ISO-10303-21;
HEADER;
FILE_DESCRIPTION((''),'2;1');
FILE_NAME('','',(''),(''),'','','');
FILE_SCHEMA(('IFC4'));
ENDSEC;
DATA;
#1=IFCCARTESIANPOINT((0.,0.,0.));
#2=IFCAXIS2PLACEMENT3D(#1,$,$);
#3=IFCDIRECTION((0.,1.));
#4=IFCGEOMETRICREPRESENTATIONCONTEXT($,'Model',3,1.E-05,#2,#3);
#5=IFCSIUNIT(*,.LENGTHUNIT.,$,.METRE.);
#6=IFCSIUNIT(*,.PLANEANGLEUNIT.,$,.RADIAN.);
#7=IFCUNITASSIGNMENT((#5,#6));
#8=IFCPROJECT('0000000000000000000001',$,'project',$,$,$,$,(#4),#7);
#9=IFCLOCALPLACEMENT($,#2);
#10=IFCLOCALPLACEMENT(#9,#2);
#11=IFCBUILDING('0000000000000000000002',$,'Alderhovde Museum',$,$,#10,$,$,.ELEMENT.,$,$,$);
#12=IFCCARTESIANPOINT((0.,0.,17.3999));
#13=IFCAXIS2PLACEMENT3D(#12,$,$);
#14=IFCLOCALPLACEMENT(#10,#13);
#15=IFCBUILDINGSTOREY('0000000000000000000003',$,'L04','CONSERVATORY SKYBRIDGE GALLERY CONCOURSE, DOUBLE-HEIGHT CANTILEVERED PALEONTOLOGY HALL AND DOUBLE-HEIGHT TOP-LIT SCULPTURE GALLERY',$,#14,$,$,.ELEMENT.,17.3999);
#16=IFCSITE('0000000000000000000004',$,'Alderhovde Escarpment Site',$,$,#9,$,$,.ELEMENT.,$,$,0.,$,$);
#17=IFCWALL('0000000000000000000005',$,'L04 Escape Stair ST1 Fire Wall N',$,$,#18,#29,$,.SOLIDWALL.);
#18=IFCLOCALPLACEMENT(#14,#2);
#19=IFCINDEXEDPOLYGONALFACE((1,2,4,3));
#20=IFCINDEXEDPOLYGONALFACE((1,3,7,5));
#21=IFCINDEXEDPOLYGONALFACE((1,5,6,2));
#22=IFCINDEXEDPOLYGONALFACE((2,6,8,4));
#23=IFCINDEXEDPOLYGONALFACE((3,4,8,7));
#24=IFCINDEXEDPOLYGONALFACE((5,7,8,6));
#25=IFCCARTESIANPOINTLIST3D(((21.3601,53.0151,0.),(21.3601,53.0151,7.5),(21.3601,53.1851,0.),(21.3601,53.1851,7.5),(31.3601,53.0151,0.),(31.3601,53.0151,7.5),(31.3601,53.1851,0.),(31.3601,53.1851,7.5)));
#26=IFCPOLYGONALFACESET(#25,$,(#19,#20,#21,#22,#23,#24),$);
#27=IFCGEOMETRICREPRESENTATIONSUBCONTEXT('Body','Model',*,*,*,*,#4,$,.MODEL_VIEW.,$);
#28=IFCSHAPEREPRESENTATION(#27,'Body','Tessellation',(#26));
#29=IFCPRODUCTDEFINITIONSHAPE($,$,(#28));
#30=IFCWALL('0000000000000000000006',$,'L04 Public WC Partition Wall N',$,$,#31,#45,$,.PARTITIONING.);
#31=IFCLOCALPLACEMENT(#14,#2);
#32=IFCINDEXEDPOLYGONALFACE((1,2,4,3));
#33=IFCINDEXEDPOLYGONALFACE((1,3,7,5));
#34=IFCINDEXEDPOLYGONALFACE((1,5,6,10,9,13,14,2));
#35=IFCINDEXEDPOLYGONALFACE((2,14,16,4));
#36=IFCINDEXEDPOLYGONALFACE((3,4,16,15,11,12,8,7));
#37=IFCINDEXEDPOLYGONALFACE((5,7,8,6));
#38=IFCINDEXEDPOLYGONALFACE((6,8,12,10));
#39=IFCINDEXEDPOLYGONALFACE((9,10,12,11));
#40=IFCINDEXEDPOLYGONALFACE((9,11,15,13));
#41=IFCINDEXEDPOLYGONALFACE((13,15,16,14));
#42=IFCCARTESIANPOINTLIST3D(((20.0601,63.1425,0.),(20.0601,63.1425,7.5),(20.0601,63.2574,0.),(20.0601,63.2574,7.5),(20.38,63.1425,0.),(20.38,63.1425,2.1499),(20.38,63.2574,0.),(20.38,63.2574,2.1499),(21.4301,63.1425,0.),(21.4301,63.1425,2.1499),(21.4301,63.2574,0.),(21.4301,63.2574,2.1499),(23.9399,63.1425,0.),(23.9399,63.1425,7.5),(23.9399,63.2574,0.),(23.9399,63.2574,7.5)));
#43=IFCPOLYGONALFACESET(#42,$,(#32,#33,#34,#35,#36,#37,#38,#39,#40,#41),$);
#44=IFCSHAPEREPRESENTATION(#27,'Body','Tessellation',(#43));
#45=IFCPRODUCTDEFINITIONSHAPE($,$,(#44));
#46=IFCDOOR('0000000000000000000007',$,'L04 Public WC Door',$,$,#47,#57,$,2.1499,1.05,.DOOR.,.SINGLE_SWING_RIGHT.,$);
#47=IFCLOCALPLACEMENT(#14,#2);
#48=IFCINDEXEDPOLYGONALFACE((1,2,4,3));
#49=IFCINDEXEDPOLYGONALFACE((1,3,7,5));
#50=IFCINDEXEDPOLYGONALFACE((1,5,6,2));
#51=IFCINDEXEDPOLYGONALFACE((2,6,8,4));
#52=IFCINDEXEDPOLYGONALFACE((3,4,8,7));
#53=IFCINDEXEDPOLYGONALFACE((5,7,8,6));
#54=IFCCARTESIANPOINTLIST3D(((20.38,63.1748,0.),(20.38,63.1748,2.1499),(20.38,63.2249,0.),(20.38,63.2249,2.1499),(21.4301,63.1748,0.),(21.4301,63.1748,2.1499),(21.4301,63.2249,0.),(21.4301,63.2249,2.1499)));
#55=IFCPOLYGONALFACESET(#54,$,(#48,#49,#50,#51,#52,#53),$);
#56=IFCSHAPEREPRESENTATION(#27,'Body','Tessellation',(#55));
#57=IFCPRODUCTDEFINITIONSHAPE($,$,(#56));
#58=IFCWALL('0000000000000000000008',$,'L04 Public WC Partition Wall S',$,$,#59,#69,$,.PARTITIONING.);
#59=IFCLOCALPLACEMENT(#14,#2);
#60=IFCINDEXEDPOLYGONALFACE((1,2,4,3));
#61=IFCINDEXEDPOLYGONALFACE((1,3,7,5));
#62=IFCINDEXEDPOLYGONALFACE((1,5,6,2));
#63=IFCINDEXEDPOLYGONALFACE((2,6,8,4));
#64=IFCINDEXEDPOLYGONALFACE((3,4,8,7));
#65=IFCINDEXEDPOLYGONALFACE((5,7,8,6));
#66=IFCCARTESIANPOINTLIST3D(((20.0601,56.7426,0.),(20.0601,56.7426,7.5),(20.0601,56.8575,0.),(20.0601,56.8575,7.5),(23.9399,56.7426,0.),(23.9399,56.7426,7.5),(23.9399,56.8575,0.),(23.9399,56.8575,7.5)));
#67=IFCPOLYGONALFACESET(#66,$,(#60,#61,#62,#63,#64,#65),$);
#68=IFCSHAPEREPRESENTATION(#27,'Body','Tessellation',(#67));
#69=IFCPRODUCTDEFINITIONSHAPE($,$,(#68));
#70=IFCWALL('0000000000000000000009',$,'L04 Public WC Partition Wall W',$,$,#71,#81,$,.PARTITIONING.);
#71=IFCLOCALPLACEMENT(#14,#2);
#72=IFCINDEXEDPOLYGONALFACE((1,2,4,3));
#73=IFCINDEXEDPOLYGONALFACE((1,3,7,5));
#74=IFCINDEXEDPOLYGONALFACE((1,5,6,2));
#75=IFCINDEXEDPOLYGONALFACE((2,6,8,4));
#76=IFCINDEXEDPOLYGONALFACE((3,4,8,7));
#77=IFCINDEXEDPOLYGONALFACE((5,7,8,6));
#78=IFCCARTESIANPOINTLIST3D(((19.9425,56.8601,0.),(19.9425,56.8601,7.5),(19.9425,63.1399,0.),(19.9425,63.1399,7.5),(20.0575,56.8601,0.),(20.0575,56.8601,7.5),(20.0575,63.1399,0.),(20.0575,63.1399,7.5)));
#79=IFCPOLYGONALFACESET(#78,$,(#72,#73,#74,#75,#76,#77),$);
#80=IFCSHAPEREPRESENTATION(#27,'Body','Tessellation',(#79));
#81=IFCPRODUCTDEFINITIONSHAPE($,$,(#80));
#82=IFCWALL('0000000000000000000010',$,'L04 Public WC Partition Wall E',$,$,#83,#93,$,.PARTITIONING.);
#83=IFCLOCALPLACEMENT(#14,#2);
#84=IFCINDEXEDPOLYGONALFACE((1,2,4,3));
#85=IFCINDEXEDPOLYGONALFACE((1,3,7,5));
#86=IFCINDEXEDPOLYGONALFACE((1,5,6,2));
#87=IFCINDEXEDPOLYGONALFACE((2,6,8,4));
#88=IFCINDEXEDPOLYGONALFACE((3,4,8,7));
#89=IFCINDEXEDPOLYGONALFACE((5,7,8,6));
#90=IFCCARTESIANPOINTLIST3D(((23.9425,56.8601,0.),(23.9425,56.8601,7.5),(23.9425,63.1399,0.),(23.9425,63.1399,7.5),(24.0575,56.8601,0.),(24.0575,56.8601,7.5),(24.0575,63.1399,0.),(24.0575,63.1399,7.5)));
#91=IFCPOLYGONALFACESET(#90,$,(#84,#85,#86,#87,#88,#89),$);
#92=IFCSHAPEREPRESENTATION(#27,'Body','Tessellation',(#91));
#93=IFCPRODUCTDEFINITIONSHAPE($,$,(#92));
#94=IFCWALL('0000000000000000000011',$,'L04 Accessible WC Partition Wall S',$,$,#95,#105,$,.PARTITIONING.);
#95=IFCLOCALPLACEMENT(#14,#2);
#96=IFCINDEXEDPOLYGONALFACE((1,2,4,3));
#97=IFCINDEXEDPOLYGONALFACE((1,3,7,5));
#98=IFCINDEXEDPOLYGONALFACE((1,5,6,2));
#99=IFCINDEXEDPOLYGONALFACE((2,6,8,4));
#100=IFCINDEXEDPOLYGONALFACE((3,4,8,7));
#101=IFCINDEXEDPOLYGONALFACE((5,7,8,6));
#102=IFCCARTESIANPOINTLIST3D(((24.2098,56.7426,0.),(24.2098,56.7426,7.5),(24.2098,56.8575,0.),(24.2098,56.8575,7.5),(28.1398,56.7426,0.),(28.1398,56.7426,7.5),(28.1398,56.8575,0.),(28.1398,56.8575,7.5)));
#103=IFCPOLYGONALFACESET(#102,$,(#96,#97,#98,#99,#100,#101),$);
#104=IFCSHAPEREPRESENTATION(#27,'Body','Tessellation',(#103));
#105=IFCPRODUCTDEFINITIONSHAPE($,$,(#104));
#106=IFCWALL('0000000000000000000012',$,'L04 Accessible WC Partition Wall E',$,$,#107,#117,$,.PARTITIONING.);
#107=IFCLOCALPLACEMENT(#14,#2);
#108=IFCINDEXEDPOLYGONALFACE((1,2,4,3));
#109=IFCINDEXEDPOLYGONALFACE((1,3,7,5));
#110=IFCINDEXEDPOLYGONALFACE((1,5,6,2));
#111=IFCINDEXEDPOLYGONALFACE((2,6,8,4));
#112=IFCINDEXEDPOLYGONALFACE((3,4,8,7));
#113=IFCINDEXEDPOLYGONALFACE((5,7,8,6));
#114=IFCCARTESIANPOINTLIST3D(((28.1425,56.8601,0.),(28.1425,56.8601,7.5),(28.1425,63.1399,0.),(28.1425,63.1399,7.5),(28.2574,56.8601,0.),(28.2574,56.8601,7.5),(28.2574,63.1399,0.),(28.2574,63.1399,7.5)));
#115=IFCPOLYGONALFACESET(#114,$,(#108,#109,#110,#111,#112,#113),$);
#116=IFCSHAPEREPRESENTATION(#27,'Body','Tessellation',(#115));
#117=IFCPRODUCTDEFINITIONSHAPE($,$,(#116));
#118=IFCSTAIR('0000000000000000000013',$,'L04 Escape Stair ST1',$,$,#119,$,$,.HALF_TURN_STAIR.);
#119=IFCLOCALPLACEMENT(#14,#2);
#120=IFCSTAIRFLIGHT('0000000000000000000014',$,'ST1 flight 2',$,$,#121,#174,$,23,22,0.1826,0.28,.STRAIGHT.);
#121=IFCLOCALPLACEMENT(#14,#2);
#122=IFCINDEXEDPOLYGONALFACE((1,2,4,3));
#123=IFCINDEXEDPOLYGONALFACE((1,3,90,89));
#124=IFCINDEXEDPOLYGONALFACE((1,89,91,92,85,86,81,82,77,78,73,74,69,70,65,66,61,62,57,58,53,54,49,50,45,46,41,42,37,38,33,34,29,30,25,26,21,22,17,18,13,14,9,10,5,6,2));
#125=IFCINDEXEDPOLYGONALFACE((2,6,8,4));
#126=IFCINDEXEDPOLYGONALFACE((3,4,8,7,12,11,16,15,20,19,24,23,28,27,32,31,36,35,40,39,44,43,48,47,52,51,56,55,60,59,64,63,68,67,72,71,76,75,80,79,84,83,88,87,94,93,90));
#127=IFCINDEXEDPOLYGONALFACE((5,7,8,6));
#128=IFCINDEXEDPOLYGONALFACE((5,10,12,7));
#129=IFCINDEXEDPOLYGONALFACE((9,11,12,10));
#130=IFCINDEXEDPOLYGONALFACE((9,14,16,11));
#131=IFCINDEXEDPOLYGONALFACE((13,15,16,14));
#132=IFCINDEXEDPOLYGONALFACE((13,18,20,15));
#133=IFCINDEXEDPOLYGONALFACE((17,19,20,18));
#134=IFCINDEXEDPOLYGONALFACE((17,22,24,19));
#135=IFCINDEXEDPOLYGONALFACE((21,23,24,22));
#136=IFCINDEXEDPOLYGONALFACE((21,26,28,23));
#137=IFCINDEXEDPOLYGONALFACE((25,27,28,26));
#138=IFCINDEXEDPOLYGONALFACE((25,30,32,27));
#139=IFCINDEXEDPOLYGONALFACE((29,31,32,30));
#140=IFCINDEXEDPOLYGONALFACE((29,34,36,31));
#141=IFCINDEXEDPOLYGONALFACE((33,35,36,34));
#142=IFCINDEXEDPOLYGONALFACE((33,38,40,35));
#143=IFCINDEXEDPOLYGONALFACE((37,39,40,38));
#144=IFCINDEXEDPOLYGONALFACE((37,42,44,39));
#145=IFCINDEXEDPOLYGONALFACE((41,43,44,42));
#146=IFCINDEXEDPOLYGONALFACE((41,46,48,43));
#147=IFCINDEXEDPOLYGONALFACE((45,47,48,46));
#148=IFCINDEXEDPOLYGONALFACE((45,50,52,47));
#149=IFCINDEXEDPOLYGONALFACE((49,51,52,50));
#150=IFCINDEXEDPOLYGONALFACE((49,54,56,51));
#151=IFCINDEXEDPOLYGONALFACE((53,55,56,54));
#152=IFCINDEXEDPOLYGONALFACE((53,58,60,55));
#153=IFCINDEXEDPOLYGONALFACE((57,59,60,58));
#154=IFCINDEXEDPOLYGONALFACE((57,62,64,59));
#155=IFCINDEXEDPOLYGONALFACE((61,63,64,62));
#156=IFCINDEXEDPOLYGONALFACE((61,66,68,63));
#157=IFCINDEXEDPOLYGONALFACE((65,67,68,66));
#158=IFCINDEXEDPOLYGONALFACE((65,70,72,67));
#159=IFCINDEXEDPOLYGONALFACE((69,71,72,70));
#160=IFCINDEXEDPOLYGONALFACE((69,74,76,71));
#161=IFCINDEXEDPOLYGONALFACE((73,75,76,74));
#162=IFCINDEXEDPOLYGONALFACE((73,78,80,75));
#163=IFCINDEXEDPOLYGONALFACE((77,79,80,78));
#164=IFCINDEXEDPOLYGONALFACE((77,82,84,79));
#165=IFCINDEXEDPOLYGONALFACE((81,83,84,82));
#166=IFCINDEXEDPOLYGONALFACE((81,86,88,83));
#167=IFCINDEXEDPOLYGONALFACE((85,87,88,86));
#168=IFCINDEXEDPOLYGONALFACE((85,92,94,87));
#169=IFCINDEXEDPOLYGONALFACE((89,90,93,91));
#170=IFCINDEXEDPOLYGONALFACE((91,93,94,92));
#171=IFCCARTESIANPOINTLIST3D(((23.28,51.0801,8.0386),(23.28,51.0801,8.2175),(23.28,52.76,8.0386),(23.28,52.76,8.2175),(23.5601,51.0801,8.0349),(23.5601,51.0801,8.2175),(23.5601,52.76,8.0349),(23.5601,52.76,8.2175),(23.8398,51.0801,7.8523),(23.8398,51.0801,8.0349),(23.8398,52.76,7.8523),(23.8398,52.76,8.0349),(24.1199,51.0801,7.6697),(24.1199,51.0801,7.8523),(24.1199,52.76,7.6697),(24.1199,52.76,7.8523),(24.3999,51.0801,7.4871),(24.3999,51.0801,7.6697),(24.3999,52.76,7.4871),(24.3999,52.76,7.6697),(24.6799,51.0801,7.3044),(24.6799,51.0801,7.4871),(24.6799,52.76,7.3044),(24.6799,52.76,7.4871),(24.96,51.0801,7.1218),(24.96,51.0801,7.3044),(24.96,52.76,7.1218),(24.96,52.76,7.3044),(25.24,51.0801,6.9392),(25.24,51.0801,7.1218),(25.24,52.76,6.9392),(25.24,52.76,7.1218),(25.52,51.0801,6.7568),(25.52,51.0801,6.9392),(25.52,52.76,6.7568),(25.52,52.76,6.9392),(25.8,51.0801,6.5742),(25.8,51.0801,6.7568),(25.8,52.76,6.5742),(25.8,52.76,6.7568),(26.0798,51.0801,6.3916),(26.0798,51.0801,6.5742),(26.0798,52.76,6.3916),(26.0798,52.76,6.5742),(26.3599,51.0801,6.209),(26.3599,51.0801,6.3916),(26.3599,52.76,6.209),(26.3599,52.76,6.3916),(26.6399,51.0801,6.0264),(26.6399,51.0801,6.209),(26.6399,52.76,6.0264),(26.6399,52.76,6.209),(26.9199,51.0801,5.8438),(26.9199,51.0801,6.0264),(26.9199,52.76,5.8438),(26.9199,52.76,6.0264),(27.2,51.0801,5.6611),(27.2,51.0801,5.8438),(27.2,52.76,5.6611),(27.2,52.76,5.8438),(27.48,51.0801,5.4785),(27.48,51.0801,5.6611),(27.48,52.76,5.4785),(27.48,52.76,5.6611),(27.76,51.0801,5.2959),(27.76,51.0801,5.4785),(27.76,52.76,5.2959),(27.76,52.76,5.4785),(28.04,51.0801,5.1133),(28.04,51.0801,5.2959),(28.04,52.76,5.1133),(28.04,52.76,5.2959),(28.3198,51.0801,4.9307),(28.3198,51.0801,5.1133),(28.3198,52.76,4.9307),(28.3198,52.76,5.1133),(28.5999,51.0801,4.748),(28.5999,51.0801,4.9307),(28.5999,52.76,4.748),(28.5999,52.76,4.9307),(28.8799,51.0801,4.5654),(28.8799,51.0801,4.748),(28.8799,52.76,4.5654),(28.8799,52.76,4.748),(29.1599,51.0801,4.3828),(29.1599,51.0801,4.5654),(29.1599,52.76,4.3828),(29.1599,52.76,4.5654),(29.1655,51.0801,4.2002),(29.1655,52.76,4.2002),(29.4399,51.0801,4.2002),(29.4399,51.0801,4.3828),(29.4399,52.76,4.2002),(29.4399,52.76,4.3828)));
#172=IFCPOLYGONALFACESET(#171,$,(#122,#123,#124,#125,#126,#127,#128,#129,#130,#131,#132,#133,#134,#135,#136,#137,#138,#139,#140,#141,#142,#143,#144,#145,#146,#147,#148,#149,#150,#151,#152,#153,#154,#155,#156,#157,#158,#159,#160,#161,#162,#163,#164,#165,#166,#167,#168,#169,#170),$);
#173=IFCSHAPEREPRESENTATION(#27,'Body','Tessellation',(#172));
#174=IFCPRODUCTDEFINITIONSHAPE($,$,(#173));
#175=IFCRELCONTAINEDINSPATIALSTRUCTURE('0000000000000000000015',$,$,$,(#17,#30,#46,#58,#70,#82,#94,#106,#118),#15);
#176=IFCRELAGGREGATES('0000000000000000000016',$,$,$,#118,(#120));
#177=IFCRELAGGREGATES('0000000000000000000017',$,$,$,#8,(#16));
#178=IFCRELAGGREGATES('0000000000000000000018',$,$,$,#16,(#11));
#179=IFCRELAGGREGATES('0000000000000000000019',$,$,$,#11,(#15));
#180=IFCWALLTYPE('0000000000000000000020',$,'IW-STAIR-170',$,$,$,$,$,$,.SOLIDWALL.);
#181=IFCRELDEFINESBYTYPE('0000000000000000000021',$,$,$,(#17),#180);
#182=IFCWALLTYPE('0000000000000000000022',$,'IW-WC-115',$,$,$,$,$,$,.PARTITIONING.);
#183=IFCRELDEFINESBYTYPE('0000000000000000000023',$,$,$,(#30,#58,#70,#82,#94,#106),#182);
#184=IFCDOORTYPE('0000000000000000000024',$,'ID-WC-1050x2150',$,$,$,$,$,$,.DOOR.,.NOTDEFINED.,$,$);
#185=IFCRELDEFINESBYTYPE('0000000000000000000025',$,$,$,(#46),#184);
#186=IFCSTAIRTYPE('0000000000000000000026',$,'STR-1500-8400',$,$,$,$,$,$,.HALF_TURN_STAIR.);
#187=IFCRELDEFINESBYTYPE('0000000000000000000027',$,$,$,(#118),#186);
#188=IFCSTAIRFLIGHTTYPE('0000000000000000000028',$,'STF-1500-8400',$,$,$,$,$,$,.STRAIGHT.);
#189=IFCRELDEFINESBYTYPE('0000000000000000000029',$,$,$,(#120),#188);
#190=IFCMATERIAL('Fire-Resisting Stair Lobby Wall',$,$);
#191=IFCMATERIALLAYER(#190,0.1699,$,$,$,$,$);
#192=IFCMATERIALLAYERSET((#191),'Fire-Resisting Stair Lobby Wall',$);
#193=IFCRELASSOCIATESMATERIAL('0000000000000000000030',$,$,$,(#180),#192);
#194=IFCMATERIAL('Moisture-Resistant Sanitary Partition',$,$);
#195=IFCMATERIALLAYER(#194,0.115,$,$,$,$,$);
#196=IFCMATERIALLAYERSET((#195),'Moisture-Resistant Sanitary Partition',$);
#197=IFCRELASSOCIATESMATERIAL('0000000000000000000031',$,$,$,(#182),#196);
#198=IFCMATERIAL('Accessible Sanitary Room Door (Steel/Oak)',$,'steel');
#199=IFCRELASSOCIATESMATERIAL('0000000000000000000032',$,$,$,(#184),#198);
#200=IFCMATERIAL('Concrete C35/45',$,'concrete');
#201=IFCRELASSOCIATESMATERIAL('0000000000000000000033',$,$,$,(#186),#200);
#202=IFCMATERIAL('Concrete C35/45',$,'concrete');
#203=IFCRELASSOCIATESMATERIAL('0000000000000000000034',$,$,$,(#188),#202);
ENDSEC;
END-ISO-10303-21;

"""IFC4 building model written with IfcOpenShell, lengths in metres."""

from ifc_helpers import new_model, si_unit, direction, frame, frame_2d, origin, place, context, subcontext, project, spatial, polyline, rectangle, outline, extrude, material, layer, layer_set, type_object, element, fill, aggregate, save


model = new_model("IFC4")

# Units and contexts
model_context = context("Model", 3, precision=1e-05, world=origin(), true_north=direction((0.0, 1.0)))
body_context = subcontext(model_context, "Body", "Model", "MODEL_VIEW")
ifc_project = project(units=[si_unit("LENGTHUNIT", "METRE"), si_unit("PLANEANGLEUNIT", "RADIAN")], contexts=[model_context])

# Site, building, storey
site_placement = place(None, origin())
site = spatial("IfcSite", under=ifc_project, at=site_placement, Name="Alderhovde Escarpment Site", CompositionType="ELEMENT", RefElevation=0.0)
building_placement = place(site_placement, origin())
building = spatial("IfcBuilding", under=site, at=building_placement, Name="Alderhovde Museum", CompositionType="ELEMENT")
storey_placement = place(building_placement, frame((0.0, 0.0, 17.3999)))
storey = spatial("IfcBuildingStorey", under=building, at=storey_placement, Name="L04", Description="CONSERVATORY SKYBRIDGE GALLERY CONCOURSE, DOUBLE-HEIGHT CANTILEVERED PALEONTOLOGY HALL AND DOUBLE-HEIGHT TOP-LIT SCULPTURE GALLERY", CompositionType="ELEMENT", Elevation=17.3999)

# Wall
ifc_material_1 = material(Name="Fire-Resisting Stair Lobby Wall")
ifc_layer_1 = layer(ifc_material_1, 0.1699)
ifc_layer_set_1 = layer_set([ifc_layer_1], Name="Fire-Resisting Stair Lobby Wall")
wall_type_1 = type_object("IfcWallType", Name="IW-STAIR-170", PredefinedType="SOLIDWALL", material=ifc_layer_set_1)
wall_1_placement = place(storey_placement, frame((21.3601, 53.1001, 0.0), z_axis=(0.0, 0.0, 1.0), x_axis=(1.0, 0.0, 0.0)))
element("IfcWall", 1, at=wall_1_placement, inside=storey, type_object=wall_type_1, Name="L04 Escape Stair ST1 Fire Wall N", PredefinedType="SOLIDWALL", context=body_context, shape_type="SweptSolid", body=[
    extrude(rectangle(XDim=10.0, YDim=0.1699, at=frame_2d((5.0, 0.0))), origin(), (0.0, 0.0, 1.0), 7.5),
])

# Wall, opening, door
ifc_material_2 = material(Name="Moisture-Resistant Sanitary Partition")
ifc_layer_2 = layer(ifc_material_2, 0.115)
ifc_layer_set_2 = layer_set([ifc_layer_2], Name="Moisture-Resistant Sanitary Partition")
wall_type_2 = type_object("IfcWallType", Name="IW-WC-115", PredefinedType="PARTITIONING", material=ifc_layer_set_2)
wall_2_placement = place(storey_placement, frame((20.0601, 63.2, 0.0), z_axis=(0.0, 0.0, 1.0), x_axis=(1.0, 0.0, 0.0)))
wall_2 = element("IfcWall", 2, at=wall_2_placement, inside=storey, type_object=wall_type_2, Name="L04 Public WC Partition Wall N", PredefinedType="PARTITIONING", context=body_context, shape_type="SweptSolid", body=[
    extrude(rectangle(XDim=3.8799, YDim=0.115, at=frame_2d((1.9399, 0.0))), origin(), (0.0, 0.0, 1.0), 7.5),
])
opening_placement = place(wall_2_placement, frame((0.3201, 0.0, 0.0)))
opening = element("IfcOpeningElement", 3, at=opening_placement, cuts=wall_2, PredefinedType="OPENING", context=body_context, shape_type="SweptSolid", body=[
    extrude(rectangle(XDim=1.05, YDim=2.1499, at=frame_2d((0.5249, 1.075))), frame((0.0, 0.0674, 0.0), z_axis=(0.0, -1.0, 0.0), x_axis=(1.0, 0.0, 0.0)), (0.0, 0.0, 1.0), 0.135),
])
ifc_material_3 = material(Name="Accessible Sanitary Room Door (Steel/Oak)", Category="steel")
door_type = type_object("IfcDoorType", Name="ID-WC-1050x2150", OperationType="NOTDEFINED", PredefinedType="DOOR", material=ifc_material_3)
door_placement = place(opening_placement, origin())
door = element("IfcDoor", 4, at=door_placement, inside=storey, type_object=door_type, Name="L04 Public WC Door", OperationType="SINGLE_SWING_RIGHT", OverallHeight=2.1499, OverallWidth=1.05, PredefinedType="DOOR", context=body_context, shape_type="SweptSolid", body=[
    extrude(rectangle(XDim=1.05, YDim=2.1499, at=frame_2d((0.5249, 1.075))), frame((0.0, 0.0249, 0.0), z_axis=(0.0, -1.0, 0.0), x_axis=(1.0, 0.0, 0.0)), (0.0, 0.0, 1.0), 0.05),
])
fill(opening, door)

# Walls
wall_3_placement = place(storey_placement, frame((20.0601, 56.8, 0.0), z_axis=(0.0, 0.0, 1.0), x_axis=(1.0, 0.0, 0.0)))
element("IfcWall", 5, at=wall_3_placement, inside=storey, type_object=wall_type_2, Name="L04 Public WC Partition Wall S", PredefinedType="PARTITIONING", context=body_context, shape_type="SweptSolid", body=[
    extrude(rectangle(XDim=3.8799, YDim=0.115, at=frame_2d((1.9399, 0.0))), origin(), (0.0, 0.0, 1.0), 7.5),
])
for number, where, z_axis, x_axis, name in (
    (6, (20.0, 56.8601, 0.0), (0.0, 0.0, 1.0), (0.0, 1.0, 0.0), "L04 Public WC Partition Wall W"),
    (7, (24.0, 56.8601, 0.0), (0.0, 0.0, 1.0), (0.0, 1.0, 0.0), "L04 Public WC Partition Wall E"),
):
    element("IfcWall", number, at=place(storey_placement, frame(where, z_axis=z_axis, x_axis=x_axis)), inside=storey, type_object=wall_type_2, Name=name, PredefinedType="PARTITIONING", context=body_context, shape_type="SweptSolid", body=[
        extrude(rectangle(XDim=6.2798, YDim=0.115, at=frame_2d((3.1399, 0.0))), origin(), (0.0, 0.0, 1.0), 7.5),
    ])
wall_4_placement = place(storey_placement, frame((24.21, 56.8, 0.0), z_axis=(0.0, 0.0, 1.0), x_axis=(1.0, 0.0, 0.0)))
element("IfcWall", 8, at=wall_4_placement, inside=storey, type_object=wall_type_2, Name="L04 Accessible WC Partition Wall S", PredefinedType="PARTITIONING", context=body_context, shape_type="SweptSolid", body=[
    extrude(rectangle(XDim=3.9299, YDim=0.115, at=frame_2d((1.9648, 0.0))), origin(), (0.0, 0.0, 1.0), 7.5),
])
wall_5_placement = place(storey_placement, frame((28.2, 56.8601, 0.0), z_axis=(0.0, 0.0, 1.0), x_axis=(0.0, 1.0, 0.0)))
element("IfcWall", 9, at=wall_5_placement, inside=storey, type_object=wall_type_2, Name="L04 Accessible WC Partition Wall E", PredefinedType="PARTITIONING", context=body_context, shape_type="SweptSolid", body=[
    extrude(rectangle(XDim=6.2798, YDim=0.115, at=frame_2d((3.1399, 0.0))), origin(), (0.0, 0.0, 1.0), 7.5),
])

# Stair, stair flight
ifc_material_4 = material(Name="Concrete C35/45", Category="concrete")
stair_type = type_object("IfcStairType", Name="STR-1500-8400", PredefinedType="HALF_TURN_STAIR", material=ifc_material_4)
stair_placement = place(storey_placement, origin())
stair = element("IfcStair", 10, at=stair_placement, inside=storey, type_object=stair_type, Name="L04 Escape Stair ST1", PredefinedType="HALF_TURN_STAIR")
ifc_material_5 = material(Name="Concrete C35/45", Category="concrete")
stair_flight_type = type_object("IfcStairFlightType", Name="STF-1500-8400", PredefinedType="STRAIGHT", material=ifc_material_5)
stair_flight_placement = place(storey_placement, frame((29.4399, 51.9199, 4.2002), z_axis=(0.0, 0.0, 1.0), x_axis=(-1.0, 0.0, 0.0)))
stair_flight = element("IfcStairFlight", 11, at=stair_flight_placement, type_object=stair_flight_type, Name="ST1 flight 2", NumberOfRisers=23, NumberOfTreads=22, PredefinedType="STRAIGHT", RiserHeight=0.1826, TreadLength=0.28, context=body_context, shape_type="SweptSolid", body=[
    extrude(outline(polyline([(0.0, 0.0), (0.0, 0.1826), (0.28, 0.1826), (0.28, 0.3652), (0.5601, 0.3652), (0.5601, 0.5479), (0.8401, 0.5479), (0.8401, 0.7305), (1.1201, 0.7305), (1.1201, 0.9131), (1.3999, 0.9131), (1.3999, 1.0957), (1.6799, 1.0957), (1.6799, 1.2783), (1.96, 1.2783), (1.96, 1.4609), (2.24, 1.4609), (2.24, 1.6436), (2.52, 1.6436), (2.52, 1.8262), (2.8, 1.8262), (2.8, 2.0088), (3.0801, 2.0088), (3.0801, 2.1914), (3.3601, 2.1914), (3.3601, 2.374), (3.6399, 2.374), (3.6399, 2.5566), (3.9199, 2.5566), (3.9199, 2.739), (4.2, 2.739), (4.2, 2.9216), (4.48, 2.9216), (4.48, 3.1042), (4.76, 3.1042), (4.76, 3.2869), (5.04, 3.2869), (5.04, 3.4695), (5.3201, 3.4695), (5.3201, 3.6521), (5.6001, 3.6521), (5.6001, 3.8347), (5.8799, 3.8347), (5.8799, 4.0173), (6.1599, 4.0173), (6.1599, 4.2), (6.1599, 3.8384), (0.2744, 0.0), (0.0, 0.0)])), frame((0.0, 0.8398, 0.0), z_axis=(0.0, -1.0, 0.0), x_axis=(1.0, 0.0, 0.0)), (0.0, 0.0, 1.0), 1.6799),
])
aggregate(stair, [stair_flight])

save(model, "model.ifc")
